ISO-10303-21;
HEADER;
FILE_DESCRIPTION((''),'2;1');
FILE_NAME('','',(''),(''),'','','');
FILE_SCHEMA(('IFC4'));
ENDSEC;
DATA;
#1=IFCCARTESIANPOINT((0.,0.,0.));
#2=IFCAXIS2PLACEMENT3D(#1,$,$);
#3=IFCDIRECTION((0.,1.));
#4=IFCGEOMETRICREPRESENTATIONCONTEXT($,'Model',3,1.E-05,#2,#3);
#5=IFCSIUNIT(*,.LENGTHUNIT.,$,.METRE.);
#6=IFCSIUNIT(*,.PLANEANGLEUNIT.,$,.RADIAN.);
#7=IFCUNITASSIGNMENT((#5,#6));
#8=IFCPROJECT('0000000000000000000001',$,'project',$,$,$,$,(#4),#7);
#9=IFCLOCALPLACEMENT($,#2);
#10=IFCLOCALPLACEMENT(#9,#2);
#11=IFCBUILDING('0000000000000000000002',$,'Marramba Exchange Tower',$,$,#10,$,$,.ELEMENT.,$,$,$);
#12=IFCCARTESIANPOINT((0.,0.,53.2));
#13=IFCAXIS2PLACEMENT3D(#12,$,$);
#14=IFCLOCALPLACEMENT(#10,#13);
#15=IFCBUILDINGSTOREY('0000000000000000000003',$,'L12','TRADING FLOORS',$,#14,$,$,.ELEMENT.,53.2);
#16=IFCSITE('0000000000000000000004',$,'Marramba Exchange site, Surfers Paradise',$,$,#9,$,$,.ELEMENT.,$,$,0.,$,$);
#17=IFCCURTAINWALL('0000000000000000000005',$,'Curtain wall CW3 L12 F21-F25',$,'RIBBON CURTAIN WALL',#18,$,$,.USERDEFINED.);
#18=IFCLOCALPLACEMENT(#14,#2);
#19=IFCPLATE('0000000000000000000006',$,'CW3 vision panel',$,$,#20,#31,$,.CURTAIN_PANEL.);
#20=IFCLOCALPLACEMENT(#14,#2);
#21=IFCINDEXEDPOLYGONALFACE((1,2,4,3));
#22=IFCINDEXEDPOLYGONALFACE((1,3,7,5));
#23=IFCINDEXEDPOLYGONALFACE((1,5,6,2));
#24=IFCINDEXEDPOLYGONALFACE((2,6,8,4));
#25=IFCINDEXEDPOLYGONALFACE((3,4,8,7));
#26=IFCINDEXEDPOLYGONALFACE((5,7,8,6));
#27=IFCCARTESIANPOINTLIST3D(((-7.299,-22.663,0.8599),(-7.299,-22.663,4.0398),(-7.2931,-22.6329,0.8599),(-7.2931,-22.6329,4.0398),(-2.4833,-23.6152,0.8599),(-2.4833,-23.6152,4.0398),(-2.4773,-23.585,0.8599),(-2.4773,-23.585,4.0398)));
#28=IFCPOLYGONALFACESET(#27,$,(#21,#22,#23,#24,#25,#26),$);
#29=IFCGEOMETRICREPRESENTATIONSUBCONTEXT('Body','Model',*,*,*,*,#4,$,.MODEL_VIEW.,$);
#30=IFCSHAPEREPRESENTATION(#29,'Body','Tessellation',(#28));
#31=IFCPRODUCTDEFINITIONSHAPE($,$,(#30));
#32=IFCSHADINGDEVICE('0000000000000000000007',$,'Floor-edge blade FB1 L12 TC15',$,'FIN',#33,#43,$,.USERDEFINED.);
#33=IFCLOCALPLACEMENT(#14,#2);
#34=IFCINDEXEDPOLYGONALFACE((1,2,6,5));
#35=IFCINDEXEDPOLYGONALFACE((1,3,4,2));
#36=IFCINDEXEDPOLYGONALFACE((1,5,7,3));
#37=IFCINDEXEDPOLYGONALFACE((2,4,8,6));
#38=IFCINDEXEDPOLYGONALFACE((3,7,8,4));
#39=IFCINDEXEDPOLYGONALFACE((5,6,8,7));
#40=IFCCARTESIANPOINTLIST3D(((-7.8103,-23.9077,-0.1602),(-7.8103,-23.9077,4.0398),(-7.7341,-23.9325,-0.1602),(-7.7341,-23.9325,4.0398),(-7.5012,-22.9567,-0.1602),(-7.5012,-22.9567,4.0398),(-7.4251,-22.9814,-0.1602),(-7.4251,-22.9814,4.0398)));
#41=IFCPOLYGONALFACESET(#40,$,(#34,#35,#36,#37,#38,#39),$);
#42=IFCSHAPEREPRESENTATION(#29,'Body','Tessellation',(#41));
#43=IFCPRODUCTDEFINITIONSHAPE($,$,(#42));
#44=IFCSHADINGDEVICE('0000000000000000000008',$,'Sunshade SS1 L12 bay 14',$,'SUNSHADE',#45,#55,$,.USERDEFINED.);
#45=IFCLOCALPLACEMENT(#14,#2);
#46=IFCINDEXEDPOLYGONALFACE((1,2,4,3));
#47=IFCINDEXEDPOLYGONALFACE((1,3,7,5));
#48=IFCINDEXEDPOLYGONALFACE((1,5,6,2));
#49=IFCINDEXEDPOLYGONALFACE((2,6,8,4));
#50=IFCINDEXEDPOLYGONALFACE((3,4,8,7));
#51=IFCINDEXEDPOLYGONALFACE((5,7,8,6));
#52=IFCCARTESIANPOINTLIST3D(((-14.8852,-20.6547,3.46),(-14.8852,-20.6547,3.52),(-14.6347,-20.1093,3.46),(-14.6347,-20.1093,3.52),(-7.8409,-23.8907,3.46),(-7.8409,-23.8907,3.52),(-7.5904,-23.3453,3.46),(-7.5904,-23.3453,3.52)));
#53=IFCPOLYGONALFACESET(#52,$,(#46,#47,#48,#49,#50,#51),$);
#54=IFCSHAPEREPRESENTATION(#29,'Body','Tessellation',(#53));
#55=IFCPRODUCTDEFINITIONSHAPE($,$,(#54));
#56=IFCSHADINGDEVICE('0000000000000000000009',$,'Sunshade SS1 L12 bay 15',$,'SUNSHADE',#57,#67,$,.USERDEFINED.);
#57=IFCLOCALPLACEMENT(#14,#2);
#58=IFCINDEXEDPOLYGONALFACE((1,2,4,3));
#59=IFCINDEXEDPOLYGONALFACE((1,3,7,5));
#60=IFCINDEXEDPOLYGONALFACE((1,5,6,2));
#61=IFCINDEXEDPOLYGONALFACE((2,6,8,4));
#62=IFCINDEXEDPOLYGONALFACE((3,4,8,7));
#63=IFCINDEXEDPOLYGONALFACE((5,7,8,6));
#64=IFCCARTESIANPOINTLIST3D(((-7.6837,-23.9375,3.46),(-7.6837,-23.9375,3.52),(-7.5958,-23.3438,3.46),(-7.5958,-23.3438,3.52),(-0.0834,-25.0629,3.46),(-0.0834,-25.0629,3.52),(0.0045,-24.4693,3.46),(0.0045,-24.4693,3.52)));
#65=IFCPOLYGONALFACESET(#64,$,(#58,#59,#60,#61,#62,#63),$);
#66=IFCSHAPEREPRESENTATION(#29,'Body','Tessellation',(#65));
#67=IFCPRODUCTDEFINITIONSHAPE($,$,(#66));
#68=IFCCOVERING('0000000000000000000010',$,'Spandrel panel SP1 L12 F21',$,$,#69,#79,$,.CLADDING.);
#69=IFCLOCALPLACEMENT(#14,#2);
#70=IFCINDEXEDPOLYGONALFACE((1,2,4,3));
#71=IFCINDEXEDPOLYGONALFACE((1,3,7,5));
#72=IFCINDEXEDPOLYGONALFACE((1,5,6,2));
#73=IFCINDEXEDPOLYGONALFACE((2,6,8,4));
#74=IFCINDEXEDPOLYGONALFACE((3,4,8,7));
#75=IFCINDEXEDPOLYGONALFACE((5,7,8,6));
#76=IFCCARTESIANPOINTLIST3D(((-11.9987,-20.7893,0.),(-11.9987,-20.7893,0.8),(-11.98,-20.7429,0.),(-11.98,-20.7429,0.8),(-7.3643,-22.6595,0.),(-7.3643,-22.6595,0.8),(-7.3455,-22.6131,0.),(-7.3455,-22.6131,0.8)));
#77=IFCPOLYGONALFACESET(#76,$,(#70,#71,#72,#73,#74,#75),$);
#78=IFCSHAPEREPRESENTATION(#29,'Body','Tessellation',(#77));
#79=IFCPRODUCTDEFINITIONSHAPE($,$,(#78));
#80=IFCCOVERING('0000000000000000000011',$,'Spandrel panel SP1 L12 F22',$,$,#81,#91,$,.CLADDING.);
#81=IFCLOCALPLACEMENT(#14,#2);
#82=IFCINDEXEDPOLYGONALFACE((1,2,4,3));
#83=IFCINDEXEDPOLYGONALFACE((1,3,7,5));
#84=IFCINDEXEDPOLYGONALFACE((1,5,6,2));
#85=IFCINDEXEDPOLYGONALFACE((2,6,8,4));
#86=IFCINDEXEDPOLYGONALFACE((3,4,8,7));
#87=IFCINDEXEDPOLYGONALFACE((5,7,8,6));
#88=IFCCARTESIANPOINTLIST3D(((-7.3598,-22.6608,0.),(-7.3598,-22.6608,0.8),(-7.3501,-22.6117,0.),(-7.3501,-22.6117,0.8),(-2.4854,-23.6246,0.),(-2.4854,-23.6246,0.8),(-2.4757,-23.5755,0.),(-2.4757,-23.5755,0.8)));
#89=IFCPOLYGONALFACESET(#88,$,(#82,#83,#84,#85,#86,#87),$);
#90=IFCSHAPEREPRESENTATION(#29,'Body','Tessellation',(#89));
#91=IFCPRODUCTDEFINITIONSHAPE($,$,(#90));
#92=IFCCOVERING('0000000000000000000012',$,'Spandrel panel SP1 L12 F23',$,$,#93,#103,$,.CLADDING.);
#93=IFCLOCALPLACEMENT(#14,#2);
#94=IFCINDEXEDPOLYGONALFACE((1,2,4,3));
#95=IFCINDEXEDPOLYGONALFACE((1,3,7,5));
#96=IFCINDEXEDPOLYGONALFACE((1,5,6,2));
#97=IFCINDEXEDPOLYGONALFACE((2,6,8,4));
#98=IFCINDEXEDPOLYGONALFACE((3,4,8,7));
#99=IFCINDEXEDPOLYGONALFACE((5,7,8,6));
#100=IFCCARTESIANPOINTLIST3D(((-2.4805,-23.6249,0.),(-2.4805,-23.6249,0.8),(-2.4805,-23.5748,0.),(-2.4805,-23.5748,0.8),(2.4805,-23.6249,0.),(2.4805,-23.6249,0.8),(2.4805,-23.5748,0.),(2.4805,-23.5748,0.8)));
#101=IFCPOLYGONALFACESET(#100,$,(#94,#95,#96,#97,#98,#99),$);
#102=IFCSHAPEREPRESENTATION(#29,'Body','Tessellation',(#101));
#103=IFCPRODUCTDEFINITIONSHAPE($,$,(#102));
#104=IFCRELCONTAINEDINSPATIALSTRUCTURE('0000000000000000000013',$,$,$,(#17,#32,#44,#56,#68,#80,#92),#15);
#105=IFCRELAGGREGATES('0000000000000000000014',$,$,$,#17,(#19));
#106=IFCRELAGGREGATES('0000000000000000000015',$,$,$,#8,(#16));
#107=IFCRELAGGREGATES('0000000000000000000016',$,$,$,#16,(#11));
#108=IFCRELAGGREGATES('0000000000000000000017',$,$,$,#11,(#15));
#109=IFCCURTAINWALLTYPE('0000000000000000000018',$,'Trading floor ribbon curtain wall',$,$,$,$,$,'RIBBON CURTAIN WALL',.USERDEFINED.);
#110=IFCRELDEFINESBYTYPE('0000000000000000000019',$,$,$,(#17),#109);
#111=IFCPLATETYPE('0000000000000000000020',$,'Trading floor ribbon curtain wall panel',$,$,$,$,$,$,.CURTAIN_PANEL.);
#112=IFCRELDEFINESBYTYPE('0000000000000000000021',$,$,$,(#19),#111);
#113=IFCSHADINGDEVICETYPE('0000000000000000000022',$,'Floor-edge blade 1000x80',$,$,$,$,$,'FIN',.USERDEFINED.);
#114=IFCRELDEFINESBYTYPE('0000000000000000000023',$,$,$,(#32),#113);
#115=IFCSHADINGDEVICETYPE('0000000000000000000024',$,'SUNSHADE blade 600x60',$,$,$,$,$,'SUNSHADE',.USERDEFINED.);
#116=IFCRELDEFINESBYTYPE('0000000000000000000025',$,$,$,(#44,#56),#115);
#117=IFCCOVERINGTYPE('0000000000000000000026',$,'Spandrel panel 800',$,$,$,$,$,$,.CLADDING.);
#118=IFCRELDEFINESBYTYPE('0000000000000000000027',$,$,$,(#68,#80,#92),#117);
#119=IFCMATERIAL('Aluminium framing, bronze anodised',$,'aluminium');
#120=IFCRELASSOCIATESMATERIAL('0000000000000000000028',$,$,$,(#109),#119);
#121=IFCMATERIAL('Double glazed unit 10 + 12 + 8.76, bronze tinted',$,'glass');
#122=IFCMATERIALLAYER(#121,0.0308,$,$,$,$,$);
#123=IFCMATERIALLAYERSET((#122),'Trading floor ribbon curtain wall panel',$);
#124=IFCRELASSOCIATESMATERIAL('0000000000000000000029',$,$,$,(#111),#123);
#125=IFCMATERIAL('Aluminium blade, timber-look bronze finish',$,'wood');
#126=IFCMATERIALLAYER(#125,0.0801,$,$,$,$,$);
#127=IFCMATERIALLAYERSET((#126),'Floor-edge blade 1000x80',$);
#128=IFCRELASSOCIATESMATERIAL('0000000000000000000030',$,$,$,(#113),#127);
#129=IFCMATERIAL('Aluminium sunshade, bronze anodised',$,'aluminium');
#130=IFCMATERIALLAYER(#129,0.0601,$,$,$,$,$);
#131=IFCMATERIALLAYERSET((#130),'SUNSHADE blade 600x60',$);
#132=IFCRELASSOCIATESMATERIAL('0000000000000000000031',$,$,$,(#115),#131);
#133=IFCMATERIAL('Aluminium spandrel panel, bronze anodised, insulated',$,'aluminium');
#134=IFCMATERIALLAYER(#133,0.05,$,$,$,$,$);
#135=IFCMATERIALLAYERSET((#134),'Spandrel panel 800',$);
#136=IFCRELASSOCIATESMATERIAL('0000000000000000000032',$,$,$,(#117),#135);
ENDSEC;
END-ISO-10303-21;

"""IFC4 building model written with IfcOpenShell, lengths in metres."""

from ifc_helpers import new_model, si_unit, direction, frame, origin, origin_2d, place, context, subcontext, project, spatial, rectangle, extrude, material, layer, layer_set, type_object, element, aggregate, save


model = new_model("IFC4")

# Units and contexts
model_context = context("Model", 3, precision=1e-05, world=origin(), true_north=direction((0.0, 1.0)))
body_context = subcontext(model_context, "Body", "Model", "MODEL_VIEW")
ifc_project = project(units=[si_unit("LENGTHUNIT", "METRE"), si_unit("PLANEANGLEUNIT", "RADIAN")], contexts=[model_context])

# Site, building, storey
site_placement = place(None, origin())
site = spatial("IfcSite", under=ifc_project, at=site_placement, Name="Marramba Exchange site, Surfers Paradise", CompositionType="ELEMENT", RefElevation=0.0)
building_placement = place(site_placement, origin())
building = spatial("IfcBuilding", under=site, at=building_placement, Name="Marramba Exchange Tower", CompositionType="ELEMENT")
storey_placement = place(building_placement, frame((0.0, 0.0, 53.2)))
storey = spatial("IfcBuildingStorey", under=building, at=storey_placement, Name="L12", Description="TRADING FLOORS", CompositionType="ELEMENT", Elevation=53.2)

# Curtain wall, plate
ifc_material_1 = material(Name="Aluminium framing, bronze anodised", Category="aluminium")
curtain_wall_type = type_object("IfcCurtainWallType", Name="Trading floor ribbon curtain wall", ElementType="RIBBON CURTAIN WALL", PredefinedType="USERDEFINED", material=ifc_material_1)
curtain_wall_placement = place(storey_placement, origin())
curtain_wall = element("IfcCurtainWall", 1, at=curtain_wall_placement, inside=storey, type_object=curtain_wall_type, Name="Curtain wall CW3 L12 F21-F25", ObjectType="RIBBON CURTAIN WALL", PredefinedType="USERDEFINED")
ifc_material_2 = material(Name="Double glazed unit 10 + 12 + 8.76, bronze tinted", Category="glass")
ifc_layer_1 = layer(ifc_material_2, 0.0308)
ifc_layer_set_1 = layer_set([ifc_layer_1], Name="Trading floor ribbon curtain wall panel")
plate_type = type_object("IfcPlateType", Name="Trading floor ribbon curtain wall panel", PredefinedType="CURTAIN_PANEL", material=ifc_layer_set_1)
plate_1_placement = place(storey_placement, frame((-4.8882, -23.124, 0.8599), z_axis=(0.0, 0.0, 1.0), x_axis=(0.981009, -0.193961, 0.0)))
plate_1 = element("IfcPlate", 2, at=plate_1_placement, type_object=plate_type, Name="CW3 vision panel", PredefinedType="CURTAIN_PANEL", context=body_context, shape_type="SweptSolid", body=[
    extrude(rectangle(XDim=4.9089, YDim=0.0308, at=origin_2d()), origin(), (0.0, 0.0, 1.0), 3.1799),
])
aggregate(curtain_wall, [plate_1])

# Shading devices
ifc_material_3 = material(Name="Aluminium blade, timber-look bronze finish", Category="wood")
ifc_layer_2 = layer(ifc_material_3, 0.0801)
ifc_layer_set_2 = layer_set([ifc_layer_2], Name="Floor-edge blade 1000x80")
shading_device_type_1 = type_object("IfcShadingDeviceType", Name="Floor-edge blade 1000x80", ElementType="FIN", PredefinedType="USERDEFINED", material=ifc_layer_set_2)
shading_device_1_placement = place(storey_placement, frame((-7.6177, -23.4446, -0.1602), z_axis=(0.0, 0.0, 1.0), x_axis=(-0.309017, -0.951057, 0.0)))
element("IfcShadingDevice", 3, at=shading_device_1_placement, inside=storey, type_object=shading_device_type_1, Name="Floor-edge blade FB1 L12 TC15", ObjectType="FIN", PredefinedType="USERDEFINED", context=body_context, shape_type="SweptSolid", body=[
    extrude(rectangle(XDim=1.0, YDim=0.0801, at=origin_2d()), origin(), (0.0, 0.0, 1.0), 4.2),
])
ifc_material_4 = material(Name="Aluminium sunshade, bronze anodised", Category="aluminium")
ifc_layer_3 = layer(ifc_material_4, 0.0601)
ifc_layer_set_3 = layer_set([ifc_layer_3], Name="SUNSHADE blade 600x60")
shading_device_type_2 = type_object("IfcShadingDeviceType", Name="SUNSHADE blade 600x60", ElementType="SUNSHADE", PredefinedType="USERDEFINED", material=ifc_layer_set_3)
shading_device_2_placement = place(storey_placement, frame((-11.2378, -22.0, 3.46), z_axis=(0.0, 0.0, 1.0), x_axis=(0.908704, -0.417442, 0.0)))
element("IfcShadingDevice", 4, at=shading_device_2_placement, inside=storey, type_object=shading_device_type_2, Name="Sunshade SS1 L12 bay 14", ObjectType="SUNSHADE", PredefinedType="USERDEFINED", context=body_context, shape_type="SweptSolid", body=[
    extrude(rectangle(XDim=7.752, YDim=0.6001, at=origin_2d()), origin(), (0.0, 0.0, 1.0), 0.0601),
])
shading_device_3_placement = place(storey_placement, frame((-3.8396, -24.2034, 3.46), z_axis=(0.0, 0.0, 1.0), x_axis=(0.989213, -0.146485, 0.0)))
element("IfcShadingDevice", 5, at=shading_device_3_placement, inside=storey, type_object=shading_device_type_2, Name="Sunshade SS1 L12 bay 15", ObjectType="SUNSHADE", PredefinedType="USERDEFINED", context=body_context, shape_type="SweptSolid", body=[
    extrude(rectangle(XDim=7.6831, YDim=0.6001, at=origin_2d()), origin(), (0.0, 0.0, 1.0), 0.0601),
])

# Coverings
ifc_material_5 = material(Name="Aluminium spandrel panel, bronze anodised, insulated", Category="aluminium")
ifc_layer_4 = layer(ifc_material_5, 0.05)
ifc_layer_set_4 = layer_set([ifc_layer_4], Name="Spandrel panel 800")
covering_type = type_object("IfcCoveringType", Name="Spandrel panel 800", PredefinedType="CLADDING", material=ifc_layer_set_4)
covering_1_placement = place(storey_placement, frame((-9.6721, -21.7012, 0.0), z_axis=(0.0, 0.0, 1.0), x_axis=(0.927341, -0.374218, 0.0)))
element("IfcCovering", 6, at=covering_1_placement, inside=storey, type_object=covering_type, Name="Spandrel panel SP1 L12 F21", PredefinedType="CLADDING", context=body_context, shape_type="SweptSolid", body=[
    extrude(rectangle(XDim=4.9976, YDim=0.05, at=origin_2d()), origin(), (0.0, 0.0, 1.0), 0.8),
])
covering_2_placement = place(storey_placement, frame((-4.9177, -23.1182, 0.0), z_axis=(0.0, 0.0, 1.0), x_axis=(0.981009, -0.193961, 0.0)))
element("IfcCovering", 7, at=covering_2_placement, inside=storey, type_object=covering_type, Name="Spandrel panel SP1 L12 F22", PredefinedType="CLADDING", context=body_context, shape_type="SweptSolid", body=[
    extrude(rectangle(XDim=4.9688, YDim=0.05, at=origin_2d()), origin(), (0.0, 0.0, 1.0), 0.8),
])
covering_3_placement = place(storey_placement, frame((0.0, -23.5999, 0.0), z_axis=(0.0, 0.0, 1.0), x_axis=(1.0, 0.0, 0.0)))
element("IfcCovering", 8, at=covering_3_placement, inside=storey, type_object=covering_type, Name="Spandrel panel SP1 L12 F23", PredefinedType="CLADDING", context=body_context, shape_type="SweptSolid", body=[
    extrude(rectangle(XDim=4.9609, YDim=0.05, at=origin_2d()), origin(), (0.0, 0.0, 1.0), 0.8),
])

save(model, "model.ifc")
